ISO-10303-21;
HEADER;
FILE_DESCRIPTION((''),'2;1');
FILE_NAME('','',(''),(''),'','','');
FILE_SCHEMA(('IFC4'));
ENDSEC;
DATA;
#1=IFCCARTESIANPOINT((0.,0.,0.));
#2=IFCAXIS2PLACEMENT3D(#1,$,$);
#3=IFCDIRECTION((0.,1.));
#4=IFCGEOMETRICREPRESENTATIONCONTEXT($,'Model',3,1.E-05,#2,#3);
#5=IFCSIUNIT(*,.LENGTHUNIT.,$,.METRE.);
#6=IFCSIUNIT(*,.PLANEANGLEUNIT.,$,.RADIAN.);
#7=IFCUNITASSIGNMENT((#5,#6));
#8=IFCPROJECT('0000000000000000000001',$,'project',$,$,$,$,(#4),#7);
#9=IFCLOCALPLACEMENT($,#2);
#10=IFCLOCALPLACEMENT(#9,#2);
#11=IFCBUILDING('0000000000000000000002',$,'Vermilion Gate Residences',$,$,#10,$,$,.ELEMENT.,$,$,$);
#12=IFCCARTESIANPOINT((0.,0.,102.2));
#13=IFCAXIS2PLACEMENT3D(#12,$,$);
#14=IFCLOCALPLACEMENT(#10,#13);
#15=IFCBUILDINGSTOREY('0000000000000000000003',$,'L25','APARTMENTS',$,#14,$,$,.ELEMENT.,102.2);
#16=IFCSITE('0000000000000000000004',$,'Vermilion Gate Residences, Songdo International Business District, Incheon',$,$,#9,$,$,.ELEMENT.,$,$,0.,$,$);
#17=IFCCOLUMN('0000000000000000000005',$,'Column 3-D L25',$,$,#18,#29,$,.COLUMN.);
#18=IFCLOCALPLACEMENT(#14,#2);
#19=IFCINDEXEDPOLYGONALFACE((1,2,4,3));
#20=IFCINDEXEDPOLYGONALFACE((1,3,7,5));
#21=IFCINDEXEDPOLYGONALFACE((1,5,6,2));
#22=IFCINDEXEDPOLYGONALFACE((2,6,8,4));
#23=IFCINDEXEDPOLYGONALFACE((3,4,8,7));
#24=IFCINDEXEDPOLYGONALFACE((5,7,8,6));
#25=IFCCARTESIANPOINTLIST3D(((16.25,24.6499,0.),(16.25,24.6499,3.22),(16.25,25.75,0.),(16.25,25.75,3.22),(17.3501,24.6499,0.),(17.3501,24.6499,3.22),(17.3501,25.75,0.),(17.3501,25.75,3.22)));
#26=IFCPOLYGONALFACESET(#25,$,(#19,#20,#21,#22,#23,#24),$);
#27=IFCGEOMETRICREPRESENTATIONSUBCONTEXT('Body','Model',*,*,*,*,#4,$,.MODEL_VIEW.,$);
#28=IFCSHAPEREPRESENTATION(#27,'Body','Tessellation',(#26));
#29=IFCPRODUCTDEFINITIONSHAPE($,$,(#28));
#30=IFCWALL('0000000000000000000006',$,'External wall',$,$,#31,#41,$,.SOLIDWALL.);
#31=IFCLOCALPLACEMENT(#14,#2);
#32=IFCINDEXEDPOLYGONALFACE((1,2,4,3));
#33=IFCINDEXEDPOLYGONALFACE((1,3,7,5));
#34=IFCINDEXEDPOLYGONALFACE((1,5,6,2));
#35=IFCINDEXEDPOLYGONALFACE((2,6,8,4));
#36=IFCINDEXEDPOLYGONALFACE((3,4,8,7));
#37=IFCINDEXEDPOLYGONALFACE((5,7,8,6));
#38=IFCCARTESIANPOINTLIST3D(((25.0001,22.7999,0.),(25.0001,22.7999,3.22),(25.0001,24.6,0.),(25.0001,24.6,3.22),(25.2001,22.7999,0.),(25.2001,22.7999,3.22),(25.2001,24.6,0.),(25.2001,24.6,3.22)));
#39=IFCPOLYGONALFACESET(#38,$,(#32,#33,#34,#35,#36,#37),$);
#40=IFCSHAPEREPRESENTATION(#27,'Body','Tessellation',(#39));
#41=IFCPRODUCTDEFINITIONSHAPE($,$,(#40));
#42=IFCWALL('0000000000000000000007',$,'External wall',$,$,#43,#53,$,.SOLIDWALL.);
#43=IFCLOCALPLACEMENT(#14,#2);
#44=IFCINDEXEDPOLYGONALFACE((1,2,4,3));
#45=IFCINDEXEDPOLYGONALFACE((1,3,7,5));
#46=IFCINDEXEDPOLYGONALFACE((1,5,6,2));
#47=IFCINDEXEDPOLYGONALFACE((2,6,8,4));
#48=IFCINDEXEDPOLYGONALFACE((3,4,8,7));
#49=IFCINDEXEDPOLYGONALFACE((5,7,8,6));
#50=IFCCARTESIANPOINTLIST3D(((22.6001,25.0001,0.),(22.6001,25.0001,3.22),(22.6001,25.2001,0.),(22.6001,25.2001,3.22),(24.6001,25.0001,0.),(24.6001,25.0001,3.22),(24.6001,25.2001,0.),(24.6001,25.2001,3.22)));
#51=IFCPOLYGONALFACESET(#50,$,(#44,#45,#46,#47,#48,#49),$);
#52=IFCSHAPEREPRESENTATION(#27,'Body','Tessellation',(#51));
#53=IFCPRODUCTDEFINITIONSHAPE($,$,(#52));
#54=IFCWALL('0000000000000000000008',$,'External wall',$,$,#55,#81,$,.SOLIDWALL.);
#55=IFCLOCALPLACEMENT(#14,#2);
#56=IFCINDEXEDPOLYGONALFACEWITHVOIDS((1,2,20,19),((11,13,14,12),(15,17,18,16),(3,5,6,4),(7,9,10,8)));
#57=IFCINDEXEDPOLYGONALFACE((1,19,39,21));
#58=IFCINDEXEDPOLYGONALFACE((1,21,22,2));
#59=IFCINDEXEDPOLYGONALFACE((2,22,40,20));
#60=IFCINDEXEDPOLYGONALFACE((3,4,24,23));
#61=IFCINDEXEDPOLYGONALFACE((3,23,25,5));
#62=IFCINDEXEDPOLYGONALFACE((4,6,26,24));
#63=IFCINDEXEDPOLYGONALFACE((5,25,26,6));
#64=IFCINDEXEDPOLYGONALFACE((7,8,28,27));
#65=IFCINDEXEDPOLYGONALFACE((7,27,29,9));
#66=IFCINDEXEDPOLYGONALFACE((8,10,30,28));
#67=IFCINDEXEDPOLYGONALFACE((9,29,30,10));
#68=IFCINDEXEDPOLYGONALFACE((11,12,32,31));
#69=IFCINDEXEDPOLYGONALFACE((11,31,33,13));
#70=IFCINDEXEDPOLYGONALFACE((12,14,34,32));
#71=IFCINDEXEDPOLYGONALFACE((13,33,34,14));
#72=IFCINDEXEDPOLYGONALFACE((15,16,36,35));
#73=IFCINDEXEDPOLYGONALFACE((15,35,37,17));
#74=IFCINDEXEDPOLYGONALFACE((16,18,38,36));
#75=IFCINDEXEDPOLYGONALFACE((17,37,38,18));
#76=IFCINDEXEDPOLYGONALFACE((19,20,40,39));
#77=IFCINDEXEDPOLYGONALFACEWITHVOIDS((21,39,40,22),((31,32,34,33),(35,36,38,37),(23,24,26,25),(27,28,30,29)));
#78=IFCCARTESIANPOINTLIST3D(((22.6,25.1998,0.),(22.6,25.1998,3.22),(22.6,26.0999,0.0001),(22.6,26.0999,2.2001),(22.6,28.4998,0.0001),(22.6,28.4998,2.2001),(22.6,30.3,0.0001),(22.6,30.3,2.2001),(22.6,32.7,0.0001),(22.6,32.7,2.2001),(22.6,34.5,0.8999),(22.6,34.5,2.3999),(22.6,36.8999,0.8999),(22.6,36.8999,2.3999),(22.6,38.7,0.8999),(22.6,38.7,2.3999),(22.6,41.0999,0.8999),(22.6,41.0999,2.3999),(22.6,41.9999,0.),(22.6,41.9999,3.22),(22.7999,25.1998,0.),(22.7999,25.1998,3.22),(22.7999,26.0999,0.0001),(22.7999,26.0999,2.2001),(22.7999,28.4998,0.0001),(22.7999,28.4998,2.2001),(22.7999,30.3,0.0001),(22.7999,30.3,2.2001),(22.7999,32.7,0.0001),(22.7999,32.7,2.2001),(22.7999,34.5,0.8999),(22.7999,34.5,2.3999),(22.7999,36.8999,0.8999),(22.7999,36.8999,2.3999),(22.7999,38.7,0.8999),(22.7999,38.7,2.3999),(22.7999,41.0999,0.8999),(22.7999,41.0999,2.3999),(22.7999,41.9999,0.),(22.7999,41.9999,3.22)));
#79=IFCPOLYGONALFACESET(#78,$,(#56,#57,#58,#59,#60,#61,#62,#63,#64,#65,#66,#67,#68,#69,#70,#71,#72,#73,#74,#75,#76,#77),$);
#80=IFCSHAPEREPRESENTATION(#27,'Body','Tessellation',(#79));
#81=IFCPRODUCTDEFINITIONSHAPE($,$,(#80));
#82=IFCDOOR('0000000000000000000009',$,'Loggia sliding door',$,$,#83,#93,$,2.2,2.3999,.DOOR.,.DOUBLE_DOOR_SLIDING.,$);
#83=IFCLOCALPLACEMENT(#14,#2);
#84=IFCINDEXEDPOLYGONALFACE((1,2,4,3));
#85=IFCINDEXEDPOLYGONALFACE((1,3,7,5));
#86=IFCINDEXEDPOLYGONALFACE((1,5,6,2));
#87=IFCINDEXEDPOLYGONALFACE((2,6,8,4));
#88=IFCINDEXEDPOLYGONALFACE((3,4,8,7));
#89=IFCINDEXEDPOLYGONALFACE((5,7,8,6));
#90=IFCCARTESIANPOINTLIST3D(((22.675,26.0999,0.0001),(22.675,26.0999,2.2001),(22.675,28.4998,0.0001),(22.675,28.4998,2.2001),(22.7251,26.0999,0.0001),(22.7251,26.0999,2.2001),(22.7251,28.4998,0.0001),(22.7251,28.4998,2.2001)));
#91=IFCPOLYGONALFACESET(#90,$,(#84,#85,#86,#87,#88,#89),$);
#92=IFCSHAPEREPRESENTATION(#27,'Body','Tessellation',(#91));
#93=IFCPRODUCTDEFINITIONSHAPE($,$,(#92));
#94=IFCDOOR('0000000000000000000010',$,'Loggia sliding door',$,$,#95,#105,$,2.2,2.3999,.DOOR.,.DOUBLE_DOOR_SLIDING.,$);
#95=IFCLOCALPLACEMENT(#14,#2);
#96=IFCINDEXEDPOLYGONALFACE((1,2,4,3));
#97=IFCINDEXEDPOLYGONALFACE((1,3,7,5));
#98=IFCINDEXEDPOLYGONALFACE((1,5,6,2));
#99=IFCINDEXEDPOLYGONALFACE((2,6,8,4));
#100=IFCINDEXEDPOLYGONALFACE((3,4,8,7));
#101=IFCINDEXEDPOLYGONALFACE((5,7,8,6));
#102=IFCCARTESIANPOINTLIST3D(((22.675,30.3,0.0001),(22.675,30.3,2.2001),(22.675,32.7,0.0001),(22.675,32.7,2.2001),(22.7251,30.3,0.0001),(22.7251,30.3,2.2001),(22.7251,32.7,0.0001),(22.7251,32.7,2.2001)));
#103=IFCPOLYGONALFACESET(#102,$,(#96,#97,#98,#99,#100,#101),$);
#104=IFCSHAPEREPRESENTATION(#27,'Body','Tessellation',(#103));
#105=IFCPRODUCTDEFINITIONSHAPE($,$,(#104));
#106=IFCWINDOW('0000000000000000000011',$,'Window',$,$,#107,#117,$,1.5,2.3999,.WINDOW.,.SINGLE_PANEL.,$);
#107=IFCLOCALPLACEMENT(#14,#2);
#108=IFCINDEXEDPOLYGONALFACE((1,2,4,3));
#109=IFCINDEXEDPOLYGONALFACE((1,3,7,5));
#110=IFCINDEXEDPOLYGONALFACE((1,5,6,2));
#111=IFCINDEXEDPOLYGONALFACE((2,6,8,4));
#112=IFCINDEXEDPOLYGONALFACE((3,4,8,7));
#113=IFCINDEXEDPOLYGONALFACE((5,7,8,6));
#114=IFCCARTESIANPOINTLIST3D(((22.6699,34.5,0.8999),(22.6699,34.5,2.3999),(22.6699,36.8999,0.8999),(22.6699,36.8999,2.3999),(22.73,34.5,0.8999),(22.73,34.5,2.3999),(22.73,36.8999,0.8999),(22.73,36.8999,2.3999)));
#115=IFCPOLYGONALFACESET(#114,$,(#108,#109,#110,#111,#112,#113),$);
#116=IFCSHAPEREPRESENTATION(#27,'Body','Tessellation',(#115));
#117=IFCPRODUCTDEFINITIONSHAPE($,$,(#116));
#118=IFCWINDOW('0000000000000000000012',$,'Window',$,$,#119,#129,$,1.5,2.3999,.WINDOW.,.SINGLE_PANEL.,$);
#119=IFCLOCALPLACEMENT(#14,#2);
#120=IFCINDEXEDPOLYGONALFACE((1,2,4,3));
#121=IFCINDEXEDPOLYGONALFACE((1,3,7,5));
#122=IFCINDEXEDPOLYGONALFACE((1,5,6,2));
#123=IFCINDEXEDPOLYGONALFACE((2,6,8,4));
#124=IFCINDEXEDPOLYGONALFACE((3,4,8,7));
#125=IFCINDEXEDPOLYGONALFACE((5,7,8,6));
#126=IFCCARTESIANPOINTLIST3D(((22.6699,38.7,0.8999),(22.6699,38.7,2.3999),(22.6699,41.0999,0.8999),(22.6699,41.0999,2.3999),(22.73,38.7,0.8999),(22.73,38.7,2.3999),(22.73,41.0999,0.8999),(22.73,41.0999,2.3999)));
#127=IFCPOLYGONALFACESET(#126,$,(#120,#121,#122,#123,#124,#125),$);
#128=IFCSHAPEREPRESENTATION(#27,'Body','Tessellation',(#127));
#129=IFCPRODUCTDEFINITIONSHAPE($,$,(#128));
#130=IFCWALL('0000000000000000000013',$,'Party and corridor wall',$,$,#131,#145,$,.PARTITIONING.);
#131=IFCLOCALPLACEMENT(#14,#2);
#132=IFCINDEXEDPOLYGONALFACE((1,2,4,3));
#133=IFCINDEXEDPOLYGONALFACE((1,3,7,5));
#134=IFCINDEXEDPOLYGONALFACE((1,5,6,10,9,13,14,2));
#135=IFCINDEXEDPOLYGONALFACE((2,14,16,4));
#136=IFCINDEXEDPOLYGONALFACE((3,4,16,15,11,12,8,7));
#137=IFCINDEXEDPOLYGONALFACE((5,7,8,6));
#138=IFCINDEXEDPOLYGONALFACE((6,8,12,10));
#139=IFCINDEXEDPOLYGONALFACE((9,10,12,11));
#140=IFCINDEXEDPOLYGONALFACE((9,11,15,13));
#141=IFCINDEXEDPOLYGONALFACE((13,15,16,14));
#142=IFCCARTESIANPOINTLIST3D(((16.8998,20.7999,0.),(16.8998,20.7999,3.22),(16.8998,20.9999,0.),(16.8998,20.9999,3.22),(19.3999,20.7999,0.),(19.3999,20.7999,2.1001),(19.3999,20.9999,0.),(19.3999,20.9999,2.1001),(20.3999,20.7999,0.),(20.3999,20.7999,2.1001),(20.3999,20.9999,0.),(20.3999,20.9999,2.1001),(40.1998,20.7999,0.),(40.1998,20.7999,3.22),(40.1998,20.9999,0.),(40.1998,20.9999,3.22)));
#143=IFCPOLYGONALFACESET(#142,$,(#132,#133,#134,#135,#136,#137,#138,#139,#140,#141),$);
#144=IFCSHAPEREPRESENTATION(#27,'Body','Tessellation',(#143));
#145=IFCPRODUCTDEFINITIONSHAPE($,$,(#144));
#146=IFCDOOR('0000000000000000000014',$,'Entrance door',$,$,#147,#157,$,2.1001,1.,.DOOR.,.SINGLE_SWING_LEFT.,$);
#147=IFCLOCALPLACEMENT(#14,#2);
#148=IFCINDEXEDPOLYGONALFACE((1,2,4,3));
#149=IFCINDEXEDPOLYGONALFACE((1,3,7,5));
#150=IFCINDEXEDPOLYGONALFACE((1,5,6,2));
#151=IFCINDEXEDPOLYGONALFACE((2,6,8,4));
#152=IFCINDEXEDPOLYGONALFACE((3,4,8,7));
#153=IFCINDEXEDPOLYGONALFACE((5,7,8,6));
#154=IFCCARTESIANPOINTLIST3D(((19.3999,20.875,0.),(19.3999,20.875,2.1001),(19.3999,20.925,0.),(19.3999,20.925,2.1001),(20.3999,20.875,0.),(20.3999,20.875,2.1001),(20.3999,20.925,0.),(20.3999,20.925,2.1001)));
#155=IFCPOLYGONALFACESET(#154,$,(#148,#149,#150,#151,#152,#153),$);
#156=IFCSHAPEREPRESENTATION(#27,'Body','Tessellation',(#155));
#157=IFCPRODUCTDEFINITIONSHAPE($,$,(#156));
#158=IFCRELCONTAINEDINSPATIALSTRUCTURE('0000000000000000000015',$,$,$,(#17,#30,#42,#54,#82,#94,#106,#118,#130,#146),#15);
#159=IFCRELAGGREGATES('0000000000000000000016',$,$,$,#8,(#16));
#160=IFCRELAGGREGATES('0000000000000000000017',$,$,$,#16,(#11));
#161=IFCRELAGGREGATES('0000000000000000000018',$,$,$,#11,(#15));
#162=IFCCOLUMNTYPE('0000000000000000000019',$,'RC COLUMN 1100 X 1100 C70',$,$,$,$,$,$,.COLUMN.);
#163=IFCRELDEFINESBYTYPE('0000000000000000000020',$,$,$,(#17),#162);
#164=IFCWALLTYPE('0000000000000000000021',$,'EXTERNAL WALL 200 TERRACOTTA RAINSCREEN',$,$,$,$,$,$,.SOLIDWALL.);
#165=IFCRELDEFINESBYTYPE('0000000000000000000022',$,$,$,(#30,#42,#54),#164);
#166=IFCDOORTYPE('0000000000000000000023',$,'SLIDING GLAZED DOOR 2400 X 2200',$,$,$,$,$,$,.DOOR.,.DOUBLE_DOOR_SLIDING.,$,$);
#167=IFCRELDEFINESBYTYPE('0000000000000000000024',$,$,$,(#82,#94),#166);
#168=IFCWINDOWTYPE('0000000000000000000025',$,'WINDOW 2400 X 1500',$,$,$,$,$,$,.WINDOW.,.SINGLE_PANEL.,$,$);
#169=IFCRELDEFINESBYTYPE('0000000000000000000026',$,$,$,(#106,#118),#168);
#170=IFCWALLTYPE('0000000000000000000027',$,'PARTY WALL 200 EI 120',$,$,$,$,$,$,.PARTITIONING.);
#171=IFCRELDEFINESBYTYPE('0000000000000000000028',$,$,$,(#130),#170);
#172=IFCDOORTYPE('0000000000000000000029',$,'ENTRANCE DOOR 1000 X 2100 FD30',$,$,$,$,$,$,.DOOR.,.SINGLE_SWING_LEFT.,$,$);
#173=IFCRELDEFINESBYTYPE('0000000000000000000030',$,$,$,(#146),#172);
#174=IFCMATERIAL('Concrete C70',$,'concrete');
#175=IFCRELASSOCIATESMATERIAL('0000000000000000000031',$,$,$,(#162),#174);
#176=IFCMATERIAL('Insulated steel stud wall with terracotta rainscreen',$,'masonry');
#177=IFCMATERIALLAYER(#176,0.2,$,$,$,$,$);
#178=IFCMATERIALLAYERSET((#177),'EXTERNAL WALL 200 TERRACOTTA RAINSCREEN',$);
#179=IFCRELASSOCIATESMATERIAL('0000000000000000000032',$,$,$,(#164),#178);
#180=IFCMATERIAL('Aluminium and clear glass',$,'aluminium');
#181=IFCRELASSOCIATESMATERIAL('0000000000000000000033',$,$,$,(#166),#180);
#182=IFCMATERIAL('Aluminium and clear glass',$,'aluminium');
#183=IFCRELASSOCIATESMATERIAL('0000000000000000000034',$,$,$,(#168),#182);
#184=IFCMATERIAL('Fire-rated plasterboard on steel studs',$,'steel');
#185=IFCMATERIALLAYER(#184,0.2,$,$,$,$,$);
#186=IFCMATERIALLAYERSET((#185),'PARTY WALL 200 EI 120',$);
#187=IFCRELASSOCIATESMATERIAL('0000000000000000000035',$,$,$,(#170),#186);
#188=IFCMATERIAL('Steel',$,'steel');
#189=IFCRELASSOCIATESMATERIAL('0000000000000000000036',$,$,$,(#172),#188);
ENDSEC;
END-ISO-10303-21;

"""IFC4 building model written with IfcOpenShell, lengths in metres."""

from ifc_helpers import new_model, si_unit, direction, frame, frame_2d, origin, origin_2d, place, context, subcontext, project, spatial, rectangle, extrude, material, layer, layer_set, material_profile, profile_set, type_object, element, fill, save


model = new_model("IFC4")

# Units and contexts
model_context = context("Model", 3, precision=1e-05, world=origin(), true_north=direction((0.0, 1.0)))
body_context = subcontext(model_context, "Body", "Model", "MODEL_VIEW")
ifc_project = project(units=[si_unit("LENGTHUNIT", "METRE"), si_unit("PLANEANGLEUNIT", "RADIAN")], contexts=[model_context])

# Site, building, storey
site_placement = place(None, origin())
site = spatial("IfcSite", under=ifc_project, at=site_placement, Name="Vermilion Gate Residences, Songdo International Business District, Incheon", CompositionType="ELEMENT", RefElevation=0.0)
building_placement = place(site_placement, origin())
building = spatial("IfcBuilding", under=site, at=building_placement, Name="Vermilion Gate Residences", CompositionType="ELEMENT")
storey_placement = place(building_placement, frame((0.0, 0.0, 102.2)))
storey = spatial("IfcBuildingStorey", under=building, at=storey_placement, Name="L25", Description="APARTMENTS", CompositionType="ELEMENT", Elevation=102.2)

# Column
ifc_material_1 = material(Name="Concrete C70", Category="concrete")
ifc_material_profile = material_profile(ifc_material_1, rectangle(XDim=1.1001, YDim=1.1001, at=origin_2d()), Name="RC-1100x1100")
ifc_profile_set = profile_set([ifc_material_profile], Name="Concrete C70")
column_type = type_object("IfcColumnType", Name="RC COLUMN 1100 X 1100 C70", PredefinedType="COLUMN", material=ifc_profile_set)
column_placement = place(storey_placement, frame((16.8, 25.2, 0.0), z_axis=(0.0, 0.0, 1.0), x_axis=(1.0, 0.0, 0.0)))
element("IfcColumn", 1, at=column_placement, inside=storey, type_object=column_type, Name="Column 3-D L25", PredefinedType="COLUMN", context=body_context, shape_type="SweptSolid", body=[
    extrude(rectangle(XDim=1.1001, YDim=1.1001, at=origin_2d()), origin(), (0.0, 0.0, 1.0), 3.22),
])

# Walls
ifc_material_2 = material(Name="Insulated steel stud wall with terracotta rainscreen", Category="masonry")
ifc_layer_1 = layer(ifc_material_2, 0.2)
ifc_layer_set_1 = layer_set([ifc_layer_1], Name="EXTERNAL WALL 200 TERRACOTTA RAINSCREEN")
wall_type_1 = type_object("IfcWallType", Name="EXTERNAL WALL 200 TERRACOTTA RAINSCREEN", PredefinedType="SOLIDWALL", material=ifc_layer_set_1)
wall_1_placement = place(storey_placement, frame((25.1001, 22.8, 0.0), z_axis=(0.0, 0.0, 1.0), x_axis=(0.0, 1.0, 0.0)))
element("IfcWall", 2, at=wall_1_placement, inside=storey, type_object=wall_type_1, Name="External wall", PredefinedType="SOLIDWALL", context=body_context, shape_type="SweptSolid", body=[
    extrude(rectangle(XDim=1.8, YDim=0.2, at=frame_2d((0.8999, 0.0))), origin(), (0.0, 0.0, 1.0), 3.22),
])
wall_2_placement = place(storey_placement, frame((24.6001, 25.1001, 0.0), z_axis=(0.0, 0.0, 1.0), x_axis=(-1.0, 0.0, 0.0)))
element("IfcWall", 3, at=wall_2_placement, inside=storey, type_object=wall_type_1, Name="External wall", PredefinedType="SOLIDWALL", context=body_context, shape_type="SweptSolid", body=[
    extrude(rectangle(XDim=2.0, YDim=0.2, at=frame_2d((1.0, 0.0))), origin(), (0.0, 0.0, 1.0), 3.22),
])

# Wall, openings, doors, windows
wall_3_placement = place(storey_placement, frame((22.7, 25.2, 0.0), z_axis=(0.0, 0.0, 1.0), x_axis=(0.0, 1.0, 0.0)))
wall_3 = element("IfcWall", 4, at=wall_3_placement, inside=storey, type_object=wall_type_1, Name="External wall", PredefinedType="SOLIDWALL", context=body_context, shape_type="SweptSolid", body=[
    extrude(rectangle(XDim=16.8, YDim=0.2, at=frame_2d((8.3999, 0.0))), origin(), (0.0, 0.0, 1.0), 3.22),
])
opening_1_placement = place(wall_3_placement, frame((0.8999, 0.0, 0.0)))
opening_1 = element("IfcOpeningElement", 5, at=opening_1_placement, cuts=wall_3, PredefinedType="OPENING", context=body_context, shape_type="SweptSolid", body=[
    extrude(rectangle(XDim=2.3999, YDim=2.2, at=frame_2d((1.2, 1.1001))), frame((0.0, 0.1099, 0.0), z_axis=(0.0, -1.0, 0.0), x_axis=(1.0, 0.0, 0.0)), (0.0, 0.0, 1.0), 0.22),
])
opening_2_placement = place(wall_3_placement, frame((5.1001, 0.0, 0.0)))
opening_2 = element("IfcOpeningElement", 6, at=opening_2_placement, cuts=wall_3, PredefinedType="OPENING", context=body_context, shape_type="SweptSolid", body=[
    extrude(rectangle(XDim=2.3999, YDim=2.2, at=frame_2d((1.2, 1.1001))), frame((0.0, 0.1099, 0.0), z_axis=(0.0, -1.0, 0.0), x_axis=(1.0, 0.0, 0.0)), (0.0, 0.0, 1.0), 0.22),
])
opening_3_placement = place(wall_3_placement, frame((9.3, 0.0, 0.8999)))
opening_3 = element("IfcOpeningElement", 7, at=opening_3_placement, cuts=wall_3, PredefinedType="OPENING", context=body_context, shape_type="SweptSolid", body=[
    extrude(rectangle(XDim=2.3999, YDim=1.5, at=frame_2d((1.2, 0.75))), frame((0.0, 0.1099, 0.0), z_axis=(0.0, -1.0, 0.0), x_axis=(1.0, 0.0, 0.0)), (0.0, 0.0, 1.0), 0.22),
])
opening_4_placement = place(wall_3_placement, frame((13.5, 0.0, 0.8999)))
opening_4 = element("IfcOpeningElement", 8, at=opening_4_placement, cuts=wall_3, PredefinedType="OPENING", context=body_context, shape_type="SweptSolid", body=[
    extrude(rectangle(XDim=2.3999, YDim=1.5, at=frame_2d((1.2, 0.75))), frame((0.0, 0.1099, 0.0), z_axis=(0.0, -1.0, 0.0), x_axis=(1.0, 0.0, 0.0)), (0.0, 0.0, 1.0), 0.22),
])
ifc_material_3 = material(Name="Aluminium and clear glass", Category="aluminium")
door_type_1 = type_object("IfcDoorType", Name="SLIDING GLAZED DOOR 2400 X 2200", OperationType="DOUBLE_DOOR_SLIDING", PredefinedType="DOOR", material=ifc_material_3)
door_1_placement = place(opening_1_placement, origin())
door_1 = element("IfcDoor", 9, at=door_1_placement, inside=storey, type_object=door_type_1, Name="Loggia sliding door", OperationType="DOUBLE_DOOR_SLIDING", OverallHeight=2.2, OverallWidth=2.3999, PredefinedType="DOOR", context=body_context, shape_type="SweptSolid", body=[
    extrude(rectangle(XDim=2.3999, YDim=2.2, at=frame_2d((1.2, 1.1001))), frame((0.0, 0.0249, 0.0), z_axis=(0.0, -1.0, 0.0), x_axis=(1.0, 0.0, 0.0)), (0.0, 0.0, 1.0), 0.05),
])
fill(opening_1, door_1)
door_2_placement = place(opening_2_placement, origin())
door_2 = element("IfcDoor", 10, at=door_2_placement, inside=storey, type_object=door_type_1, Name="Loggia sliding door", OperationType="DOUBLE_DOOR_SLIDING", OverallHeight=2.2, OverallWidth=2.3999, PredefinedType="DOOR", context=body_context, shape_type="SweptSolid", body=[
    extrude(rectangle(XDim=2.3999, YDim=2.2, at=frame_2d((1.2, 1.1001))), frame((0.0, 0.0249, 0.0), z_axis=(0.0, -1.0, 0.0), x_axis=(1.0, 0.0, 0.0)), (0.0, 0.0, 1.0), 0.05),
])
fill(opening_2, door_2)
ifc_material_4 = material(Name="Aluminium and clear glass", Category="aluminium")
window_type = type_object("IfcWindowType", Name="WINDOW 2400 X 1500", PartitioningType="SINGLE_PANEL", PredefinedType="WINDOW", material=ifc_material_4)
window_1_placement = place(opening_3_placement, origin())
window_1 = element("IfcWindow", 11, at=window_1_placement, inside=storey, type_object=window_type, Name="Window", OverallHeight=1.5, OverallWidth=2.3999, PartitioningType="SINGLE_PANEL", PredefinedType="WINDOW", context=body_context, shape_type="SweptSolid", body=[
    extrude(rectangle(XDim=2.3999, YDim=1.5, at=frame_2d((1.2, 0.75))), frame((0.0, 0.03, 0.0), z_axis=(0.0, -1.0, 0.0), x_axis=(1.0, 0.0, 0.0)), (0.0, 0.0, 1.0), 0.0601),
])
fill(opening_3, window_1)
window_2_placement = place(opening_4_placement, origin())
window_2 = element("IfcWindow", 12, at=window_2_placement, inside=storey, type_object=window_type, Name="Window", OverallHeight=1.5, OverallWidth=2.3999, PartitioningType="SINGLE_PANEL", PredefinedType="WINDOW", context=body_context, shape_type="SweptSolid", body=[
    extrude(rectangle(XDim=2.3999, YDim=1.5, at=frame_2d((1.2, 0.75))), frame((0.0, 0.03, 0.0), z_axis=(0.0, -1.0, 0.0), x_axis=(1.0, 0.0, 0.0)), (0.0, 0.0, 1.0), 0.0601),
])
fill(opening_4, window_2)

# Wall, opening, door
ifc_material_5 = material(Name="Fire-rated plasterboard on steel studs", Category="steel")
ifc_layer_2 = layer(ifc_material_5, 0.2)
ifc_layer_set_2 = layer_set([ifc_layer_2], Name="PARTY WALL 200 EI 120")
wall_type_2 = type_object("IfcWallType", Name="PARTY WALL 200 EI 120", PredefinedType="PARTITIONING", material=ifc_layer_set_2)
wall_4_placement = place(storey_placement, frame((16.8999, 20.8999, 0.0), z_axis=(0.0, 0.0, 1.0), x_axis=(1.0, 0.0, 0.0)))
wall_4 = element("IfcWall", 13, at=wall_4_placement, inside=storey, type_object=wall_type_2, Name="Party and corridor wall", PredefinedType="PARTITIONING", context=body_context, shape_type="SweptSolid", body=[
    extrude(rectangle(XDim=23.3, YDim=0.2, at=frame_2d((11.6499, 0.0))), origin(), (0.0, 0.0, 1.0), 3.22),
])
opening_5_placement = place(wall_4_placement, frame((2.5, 0.0, 0.0)))
opening_5 = element("IfcOpeningElement", 14, at=opening_5_placement, cuts=wall_4, PredefinedType="OPENING", context=body_context, shape_type="SweptSolid", body=[
    extrude(rectangle(XDim=1.0, YDim=2.1001, at=frame_2d((0.5, 1.05))), frame((0.0, 0.1099, 0.0), z_axis=(0.0, -1.0, 0.0), x_axis=(1.0, 0.0, 0.0)), (0.0, 0.0, 1.0), 0.22),
])
ifc_material_6 = material(Name="Steel", Category="steel")
door_type_2 = type_object("IfcDoorType", Name="ENTRANCE DOOR 1000 X 2100 FD30", OperationType="SINGLE_SWING_LEFT", PredefinedType="DOOR", material=ifc_material_6)
door_3_placement = place(opening_5_placement, frame((1.0, 0.0, 0.0), z_axis=(0.0, 0.0, 1.0), x_axis=(-1.0, 0.0, 0.0)))
door_3 = element("IfcDoor", 15, at=door_3_placement, inside=storey, type_object=door_type_2, Name="Entrance door", OperationType="SINGLE_SWING_LEFT", OverallHeight=2.1001, OverallWidth=1.0, PredefinedType="DOOR", context=body_context, shape_type="SweptSolid", body=[
    extrude(rectangle(XDim=1.0, YDim=2.1001, at=frame_2d((0.5, 1.05))), frame((0.0, 0.0249, 0.0), z_axis=(0.0, -1.0, 0.0), x_axis=(1.0, 0.0, 0.0)), (0.0, 0.0, 1.0), 0.05),
])
fill(opening_5, door_3)

save(model, "model.ifc")
